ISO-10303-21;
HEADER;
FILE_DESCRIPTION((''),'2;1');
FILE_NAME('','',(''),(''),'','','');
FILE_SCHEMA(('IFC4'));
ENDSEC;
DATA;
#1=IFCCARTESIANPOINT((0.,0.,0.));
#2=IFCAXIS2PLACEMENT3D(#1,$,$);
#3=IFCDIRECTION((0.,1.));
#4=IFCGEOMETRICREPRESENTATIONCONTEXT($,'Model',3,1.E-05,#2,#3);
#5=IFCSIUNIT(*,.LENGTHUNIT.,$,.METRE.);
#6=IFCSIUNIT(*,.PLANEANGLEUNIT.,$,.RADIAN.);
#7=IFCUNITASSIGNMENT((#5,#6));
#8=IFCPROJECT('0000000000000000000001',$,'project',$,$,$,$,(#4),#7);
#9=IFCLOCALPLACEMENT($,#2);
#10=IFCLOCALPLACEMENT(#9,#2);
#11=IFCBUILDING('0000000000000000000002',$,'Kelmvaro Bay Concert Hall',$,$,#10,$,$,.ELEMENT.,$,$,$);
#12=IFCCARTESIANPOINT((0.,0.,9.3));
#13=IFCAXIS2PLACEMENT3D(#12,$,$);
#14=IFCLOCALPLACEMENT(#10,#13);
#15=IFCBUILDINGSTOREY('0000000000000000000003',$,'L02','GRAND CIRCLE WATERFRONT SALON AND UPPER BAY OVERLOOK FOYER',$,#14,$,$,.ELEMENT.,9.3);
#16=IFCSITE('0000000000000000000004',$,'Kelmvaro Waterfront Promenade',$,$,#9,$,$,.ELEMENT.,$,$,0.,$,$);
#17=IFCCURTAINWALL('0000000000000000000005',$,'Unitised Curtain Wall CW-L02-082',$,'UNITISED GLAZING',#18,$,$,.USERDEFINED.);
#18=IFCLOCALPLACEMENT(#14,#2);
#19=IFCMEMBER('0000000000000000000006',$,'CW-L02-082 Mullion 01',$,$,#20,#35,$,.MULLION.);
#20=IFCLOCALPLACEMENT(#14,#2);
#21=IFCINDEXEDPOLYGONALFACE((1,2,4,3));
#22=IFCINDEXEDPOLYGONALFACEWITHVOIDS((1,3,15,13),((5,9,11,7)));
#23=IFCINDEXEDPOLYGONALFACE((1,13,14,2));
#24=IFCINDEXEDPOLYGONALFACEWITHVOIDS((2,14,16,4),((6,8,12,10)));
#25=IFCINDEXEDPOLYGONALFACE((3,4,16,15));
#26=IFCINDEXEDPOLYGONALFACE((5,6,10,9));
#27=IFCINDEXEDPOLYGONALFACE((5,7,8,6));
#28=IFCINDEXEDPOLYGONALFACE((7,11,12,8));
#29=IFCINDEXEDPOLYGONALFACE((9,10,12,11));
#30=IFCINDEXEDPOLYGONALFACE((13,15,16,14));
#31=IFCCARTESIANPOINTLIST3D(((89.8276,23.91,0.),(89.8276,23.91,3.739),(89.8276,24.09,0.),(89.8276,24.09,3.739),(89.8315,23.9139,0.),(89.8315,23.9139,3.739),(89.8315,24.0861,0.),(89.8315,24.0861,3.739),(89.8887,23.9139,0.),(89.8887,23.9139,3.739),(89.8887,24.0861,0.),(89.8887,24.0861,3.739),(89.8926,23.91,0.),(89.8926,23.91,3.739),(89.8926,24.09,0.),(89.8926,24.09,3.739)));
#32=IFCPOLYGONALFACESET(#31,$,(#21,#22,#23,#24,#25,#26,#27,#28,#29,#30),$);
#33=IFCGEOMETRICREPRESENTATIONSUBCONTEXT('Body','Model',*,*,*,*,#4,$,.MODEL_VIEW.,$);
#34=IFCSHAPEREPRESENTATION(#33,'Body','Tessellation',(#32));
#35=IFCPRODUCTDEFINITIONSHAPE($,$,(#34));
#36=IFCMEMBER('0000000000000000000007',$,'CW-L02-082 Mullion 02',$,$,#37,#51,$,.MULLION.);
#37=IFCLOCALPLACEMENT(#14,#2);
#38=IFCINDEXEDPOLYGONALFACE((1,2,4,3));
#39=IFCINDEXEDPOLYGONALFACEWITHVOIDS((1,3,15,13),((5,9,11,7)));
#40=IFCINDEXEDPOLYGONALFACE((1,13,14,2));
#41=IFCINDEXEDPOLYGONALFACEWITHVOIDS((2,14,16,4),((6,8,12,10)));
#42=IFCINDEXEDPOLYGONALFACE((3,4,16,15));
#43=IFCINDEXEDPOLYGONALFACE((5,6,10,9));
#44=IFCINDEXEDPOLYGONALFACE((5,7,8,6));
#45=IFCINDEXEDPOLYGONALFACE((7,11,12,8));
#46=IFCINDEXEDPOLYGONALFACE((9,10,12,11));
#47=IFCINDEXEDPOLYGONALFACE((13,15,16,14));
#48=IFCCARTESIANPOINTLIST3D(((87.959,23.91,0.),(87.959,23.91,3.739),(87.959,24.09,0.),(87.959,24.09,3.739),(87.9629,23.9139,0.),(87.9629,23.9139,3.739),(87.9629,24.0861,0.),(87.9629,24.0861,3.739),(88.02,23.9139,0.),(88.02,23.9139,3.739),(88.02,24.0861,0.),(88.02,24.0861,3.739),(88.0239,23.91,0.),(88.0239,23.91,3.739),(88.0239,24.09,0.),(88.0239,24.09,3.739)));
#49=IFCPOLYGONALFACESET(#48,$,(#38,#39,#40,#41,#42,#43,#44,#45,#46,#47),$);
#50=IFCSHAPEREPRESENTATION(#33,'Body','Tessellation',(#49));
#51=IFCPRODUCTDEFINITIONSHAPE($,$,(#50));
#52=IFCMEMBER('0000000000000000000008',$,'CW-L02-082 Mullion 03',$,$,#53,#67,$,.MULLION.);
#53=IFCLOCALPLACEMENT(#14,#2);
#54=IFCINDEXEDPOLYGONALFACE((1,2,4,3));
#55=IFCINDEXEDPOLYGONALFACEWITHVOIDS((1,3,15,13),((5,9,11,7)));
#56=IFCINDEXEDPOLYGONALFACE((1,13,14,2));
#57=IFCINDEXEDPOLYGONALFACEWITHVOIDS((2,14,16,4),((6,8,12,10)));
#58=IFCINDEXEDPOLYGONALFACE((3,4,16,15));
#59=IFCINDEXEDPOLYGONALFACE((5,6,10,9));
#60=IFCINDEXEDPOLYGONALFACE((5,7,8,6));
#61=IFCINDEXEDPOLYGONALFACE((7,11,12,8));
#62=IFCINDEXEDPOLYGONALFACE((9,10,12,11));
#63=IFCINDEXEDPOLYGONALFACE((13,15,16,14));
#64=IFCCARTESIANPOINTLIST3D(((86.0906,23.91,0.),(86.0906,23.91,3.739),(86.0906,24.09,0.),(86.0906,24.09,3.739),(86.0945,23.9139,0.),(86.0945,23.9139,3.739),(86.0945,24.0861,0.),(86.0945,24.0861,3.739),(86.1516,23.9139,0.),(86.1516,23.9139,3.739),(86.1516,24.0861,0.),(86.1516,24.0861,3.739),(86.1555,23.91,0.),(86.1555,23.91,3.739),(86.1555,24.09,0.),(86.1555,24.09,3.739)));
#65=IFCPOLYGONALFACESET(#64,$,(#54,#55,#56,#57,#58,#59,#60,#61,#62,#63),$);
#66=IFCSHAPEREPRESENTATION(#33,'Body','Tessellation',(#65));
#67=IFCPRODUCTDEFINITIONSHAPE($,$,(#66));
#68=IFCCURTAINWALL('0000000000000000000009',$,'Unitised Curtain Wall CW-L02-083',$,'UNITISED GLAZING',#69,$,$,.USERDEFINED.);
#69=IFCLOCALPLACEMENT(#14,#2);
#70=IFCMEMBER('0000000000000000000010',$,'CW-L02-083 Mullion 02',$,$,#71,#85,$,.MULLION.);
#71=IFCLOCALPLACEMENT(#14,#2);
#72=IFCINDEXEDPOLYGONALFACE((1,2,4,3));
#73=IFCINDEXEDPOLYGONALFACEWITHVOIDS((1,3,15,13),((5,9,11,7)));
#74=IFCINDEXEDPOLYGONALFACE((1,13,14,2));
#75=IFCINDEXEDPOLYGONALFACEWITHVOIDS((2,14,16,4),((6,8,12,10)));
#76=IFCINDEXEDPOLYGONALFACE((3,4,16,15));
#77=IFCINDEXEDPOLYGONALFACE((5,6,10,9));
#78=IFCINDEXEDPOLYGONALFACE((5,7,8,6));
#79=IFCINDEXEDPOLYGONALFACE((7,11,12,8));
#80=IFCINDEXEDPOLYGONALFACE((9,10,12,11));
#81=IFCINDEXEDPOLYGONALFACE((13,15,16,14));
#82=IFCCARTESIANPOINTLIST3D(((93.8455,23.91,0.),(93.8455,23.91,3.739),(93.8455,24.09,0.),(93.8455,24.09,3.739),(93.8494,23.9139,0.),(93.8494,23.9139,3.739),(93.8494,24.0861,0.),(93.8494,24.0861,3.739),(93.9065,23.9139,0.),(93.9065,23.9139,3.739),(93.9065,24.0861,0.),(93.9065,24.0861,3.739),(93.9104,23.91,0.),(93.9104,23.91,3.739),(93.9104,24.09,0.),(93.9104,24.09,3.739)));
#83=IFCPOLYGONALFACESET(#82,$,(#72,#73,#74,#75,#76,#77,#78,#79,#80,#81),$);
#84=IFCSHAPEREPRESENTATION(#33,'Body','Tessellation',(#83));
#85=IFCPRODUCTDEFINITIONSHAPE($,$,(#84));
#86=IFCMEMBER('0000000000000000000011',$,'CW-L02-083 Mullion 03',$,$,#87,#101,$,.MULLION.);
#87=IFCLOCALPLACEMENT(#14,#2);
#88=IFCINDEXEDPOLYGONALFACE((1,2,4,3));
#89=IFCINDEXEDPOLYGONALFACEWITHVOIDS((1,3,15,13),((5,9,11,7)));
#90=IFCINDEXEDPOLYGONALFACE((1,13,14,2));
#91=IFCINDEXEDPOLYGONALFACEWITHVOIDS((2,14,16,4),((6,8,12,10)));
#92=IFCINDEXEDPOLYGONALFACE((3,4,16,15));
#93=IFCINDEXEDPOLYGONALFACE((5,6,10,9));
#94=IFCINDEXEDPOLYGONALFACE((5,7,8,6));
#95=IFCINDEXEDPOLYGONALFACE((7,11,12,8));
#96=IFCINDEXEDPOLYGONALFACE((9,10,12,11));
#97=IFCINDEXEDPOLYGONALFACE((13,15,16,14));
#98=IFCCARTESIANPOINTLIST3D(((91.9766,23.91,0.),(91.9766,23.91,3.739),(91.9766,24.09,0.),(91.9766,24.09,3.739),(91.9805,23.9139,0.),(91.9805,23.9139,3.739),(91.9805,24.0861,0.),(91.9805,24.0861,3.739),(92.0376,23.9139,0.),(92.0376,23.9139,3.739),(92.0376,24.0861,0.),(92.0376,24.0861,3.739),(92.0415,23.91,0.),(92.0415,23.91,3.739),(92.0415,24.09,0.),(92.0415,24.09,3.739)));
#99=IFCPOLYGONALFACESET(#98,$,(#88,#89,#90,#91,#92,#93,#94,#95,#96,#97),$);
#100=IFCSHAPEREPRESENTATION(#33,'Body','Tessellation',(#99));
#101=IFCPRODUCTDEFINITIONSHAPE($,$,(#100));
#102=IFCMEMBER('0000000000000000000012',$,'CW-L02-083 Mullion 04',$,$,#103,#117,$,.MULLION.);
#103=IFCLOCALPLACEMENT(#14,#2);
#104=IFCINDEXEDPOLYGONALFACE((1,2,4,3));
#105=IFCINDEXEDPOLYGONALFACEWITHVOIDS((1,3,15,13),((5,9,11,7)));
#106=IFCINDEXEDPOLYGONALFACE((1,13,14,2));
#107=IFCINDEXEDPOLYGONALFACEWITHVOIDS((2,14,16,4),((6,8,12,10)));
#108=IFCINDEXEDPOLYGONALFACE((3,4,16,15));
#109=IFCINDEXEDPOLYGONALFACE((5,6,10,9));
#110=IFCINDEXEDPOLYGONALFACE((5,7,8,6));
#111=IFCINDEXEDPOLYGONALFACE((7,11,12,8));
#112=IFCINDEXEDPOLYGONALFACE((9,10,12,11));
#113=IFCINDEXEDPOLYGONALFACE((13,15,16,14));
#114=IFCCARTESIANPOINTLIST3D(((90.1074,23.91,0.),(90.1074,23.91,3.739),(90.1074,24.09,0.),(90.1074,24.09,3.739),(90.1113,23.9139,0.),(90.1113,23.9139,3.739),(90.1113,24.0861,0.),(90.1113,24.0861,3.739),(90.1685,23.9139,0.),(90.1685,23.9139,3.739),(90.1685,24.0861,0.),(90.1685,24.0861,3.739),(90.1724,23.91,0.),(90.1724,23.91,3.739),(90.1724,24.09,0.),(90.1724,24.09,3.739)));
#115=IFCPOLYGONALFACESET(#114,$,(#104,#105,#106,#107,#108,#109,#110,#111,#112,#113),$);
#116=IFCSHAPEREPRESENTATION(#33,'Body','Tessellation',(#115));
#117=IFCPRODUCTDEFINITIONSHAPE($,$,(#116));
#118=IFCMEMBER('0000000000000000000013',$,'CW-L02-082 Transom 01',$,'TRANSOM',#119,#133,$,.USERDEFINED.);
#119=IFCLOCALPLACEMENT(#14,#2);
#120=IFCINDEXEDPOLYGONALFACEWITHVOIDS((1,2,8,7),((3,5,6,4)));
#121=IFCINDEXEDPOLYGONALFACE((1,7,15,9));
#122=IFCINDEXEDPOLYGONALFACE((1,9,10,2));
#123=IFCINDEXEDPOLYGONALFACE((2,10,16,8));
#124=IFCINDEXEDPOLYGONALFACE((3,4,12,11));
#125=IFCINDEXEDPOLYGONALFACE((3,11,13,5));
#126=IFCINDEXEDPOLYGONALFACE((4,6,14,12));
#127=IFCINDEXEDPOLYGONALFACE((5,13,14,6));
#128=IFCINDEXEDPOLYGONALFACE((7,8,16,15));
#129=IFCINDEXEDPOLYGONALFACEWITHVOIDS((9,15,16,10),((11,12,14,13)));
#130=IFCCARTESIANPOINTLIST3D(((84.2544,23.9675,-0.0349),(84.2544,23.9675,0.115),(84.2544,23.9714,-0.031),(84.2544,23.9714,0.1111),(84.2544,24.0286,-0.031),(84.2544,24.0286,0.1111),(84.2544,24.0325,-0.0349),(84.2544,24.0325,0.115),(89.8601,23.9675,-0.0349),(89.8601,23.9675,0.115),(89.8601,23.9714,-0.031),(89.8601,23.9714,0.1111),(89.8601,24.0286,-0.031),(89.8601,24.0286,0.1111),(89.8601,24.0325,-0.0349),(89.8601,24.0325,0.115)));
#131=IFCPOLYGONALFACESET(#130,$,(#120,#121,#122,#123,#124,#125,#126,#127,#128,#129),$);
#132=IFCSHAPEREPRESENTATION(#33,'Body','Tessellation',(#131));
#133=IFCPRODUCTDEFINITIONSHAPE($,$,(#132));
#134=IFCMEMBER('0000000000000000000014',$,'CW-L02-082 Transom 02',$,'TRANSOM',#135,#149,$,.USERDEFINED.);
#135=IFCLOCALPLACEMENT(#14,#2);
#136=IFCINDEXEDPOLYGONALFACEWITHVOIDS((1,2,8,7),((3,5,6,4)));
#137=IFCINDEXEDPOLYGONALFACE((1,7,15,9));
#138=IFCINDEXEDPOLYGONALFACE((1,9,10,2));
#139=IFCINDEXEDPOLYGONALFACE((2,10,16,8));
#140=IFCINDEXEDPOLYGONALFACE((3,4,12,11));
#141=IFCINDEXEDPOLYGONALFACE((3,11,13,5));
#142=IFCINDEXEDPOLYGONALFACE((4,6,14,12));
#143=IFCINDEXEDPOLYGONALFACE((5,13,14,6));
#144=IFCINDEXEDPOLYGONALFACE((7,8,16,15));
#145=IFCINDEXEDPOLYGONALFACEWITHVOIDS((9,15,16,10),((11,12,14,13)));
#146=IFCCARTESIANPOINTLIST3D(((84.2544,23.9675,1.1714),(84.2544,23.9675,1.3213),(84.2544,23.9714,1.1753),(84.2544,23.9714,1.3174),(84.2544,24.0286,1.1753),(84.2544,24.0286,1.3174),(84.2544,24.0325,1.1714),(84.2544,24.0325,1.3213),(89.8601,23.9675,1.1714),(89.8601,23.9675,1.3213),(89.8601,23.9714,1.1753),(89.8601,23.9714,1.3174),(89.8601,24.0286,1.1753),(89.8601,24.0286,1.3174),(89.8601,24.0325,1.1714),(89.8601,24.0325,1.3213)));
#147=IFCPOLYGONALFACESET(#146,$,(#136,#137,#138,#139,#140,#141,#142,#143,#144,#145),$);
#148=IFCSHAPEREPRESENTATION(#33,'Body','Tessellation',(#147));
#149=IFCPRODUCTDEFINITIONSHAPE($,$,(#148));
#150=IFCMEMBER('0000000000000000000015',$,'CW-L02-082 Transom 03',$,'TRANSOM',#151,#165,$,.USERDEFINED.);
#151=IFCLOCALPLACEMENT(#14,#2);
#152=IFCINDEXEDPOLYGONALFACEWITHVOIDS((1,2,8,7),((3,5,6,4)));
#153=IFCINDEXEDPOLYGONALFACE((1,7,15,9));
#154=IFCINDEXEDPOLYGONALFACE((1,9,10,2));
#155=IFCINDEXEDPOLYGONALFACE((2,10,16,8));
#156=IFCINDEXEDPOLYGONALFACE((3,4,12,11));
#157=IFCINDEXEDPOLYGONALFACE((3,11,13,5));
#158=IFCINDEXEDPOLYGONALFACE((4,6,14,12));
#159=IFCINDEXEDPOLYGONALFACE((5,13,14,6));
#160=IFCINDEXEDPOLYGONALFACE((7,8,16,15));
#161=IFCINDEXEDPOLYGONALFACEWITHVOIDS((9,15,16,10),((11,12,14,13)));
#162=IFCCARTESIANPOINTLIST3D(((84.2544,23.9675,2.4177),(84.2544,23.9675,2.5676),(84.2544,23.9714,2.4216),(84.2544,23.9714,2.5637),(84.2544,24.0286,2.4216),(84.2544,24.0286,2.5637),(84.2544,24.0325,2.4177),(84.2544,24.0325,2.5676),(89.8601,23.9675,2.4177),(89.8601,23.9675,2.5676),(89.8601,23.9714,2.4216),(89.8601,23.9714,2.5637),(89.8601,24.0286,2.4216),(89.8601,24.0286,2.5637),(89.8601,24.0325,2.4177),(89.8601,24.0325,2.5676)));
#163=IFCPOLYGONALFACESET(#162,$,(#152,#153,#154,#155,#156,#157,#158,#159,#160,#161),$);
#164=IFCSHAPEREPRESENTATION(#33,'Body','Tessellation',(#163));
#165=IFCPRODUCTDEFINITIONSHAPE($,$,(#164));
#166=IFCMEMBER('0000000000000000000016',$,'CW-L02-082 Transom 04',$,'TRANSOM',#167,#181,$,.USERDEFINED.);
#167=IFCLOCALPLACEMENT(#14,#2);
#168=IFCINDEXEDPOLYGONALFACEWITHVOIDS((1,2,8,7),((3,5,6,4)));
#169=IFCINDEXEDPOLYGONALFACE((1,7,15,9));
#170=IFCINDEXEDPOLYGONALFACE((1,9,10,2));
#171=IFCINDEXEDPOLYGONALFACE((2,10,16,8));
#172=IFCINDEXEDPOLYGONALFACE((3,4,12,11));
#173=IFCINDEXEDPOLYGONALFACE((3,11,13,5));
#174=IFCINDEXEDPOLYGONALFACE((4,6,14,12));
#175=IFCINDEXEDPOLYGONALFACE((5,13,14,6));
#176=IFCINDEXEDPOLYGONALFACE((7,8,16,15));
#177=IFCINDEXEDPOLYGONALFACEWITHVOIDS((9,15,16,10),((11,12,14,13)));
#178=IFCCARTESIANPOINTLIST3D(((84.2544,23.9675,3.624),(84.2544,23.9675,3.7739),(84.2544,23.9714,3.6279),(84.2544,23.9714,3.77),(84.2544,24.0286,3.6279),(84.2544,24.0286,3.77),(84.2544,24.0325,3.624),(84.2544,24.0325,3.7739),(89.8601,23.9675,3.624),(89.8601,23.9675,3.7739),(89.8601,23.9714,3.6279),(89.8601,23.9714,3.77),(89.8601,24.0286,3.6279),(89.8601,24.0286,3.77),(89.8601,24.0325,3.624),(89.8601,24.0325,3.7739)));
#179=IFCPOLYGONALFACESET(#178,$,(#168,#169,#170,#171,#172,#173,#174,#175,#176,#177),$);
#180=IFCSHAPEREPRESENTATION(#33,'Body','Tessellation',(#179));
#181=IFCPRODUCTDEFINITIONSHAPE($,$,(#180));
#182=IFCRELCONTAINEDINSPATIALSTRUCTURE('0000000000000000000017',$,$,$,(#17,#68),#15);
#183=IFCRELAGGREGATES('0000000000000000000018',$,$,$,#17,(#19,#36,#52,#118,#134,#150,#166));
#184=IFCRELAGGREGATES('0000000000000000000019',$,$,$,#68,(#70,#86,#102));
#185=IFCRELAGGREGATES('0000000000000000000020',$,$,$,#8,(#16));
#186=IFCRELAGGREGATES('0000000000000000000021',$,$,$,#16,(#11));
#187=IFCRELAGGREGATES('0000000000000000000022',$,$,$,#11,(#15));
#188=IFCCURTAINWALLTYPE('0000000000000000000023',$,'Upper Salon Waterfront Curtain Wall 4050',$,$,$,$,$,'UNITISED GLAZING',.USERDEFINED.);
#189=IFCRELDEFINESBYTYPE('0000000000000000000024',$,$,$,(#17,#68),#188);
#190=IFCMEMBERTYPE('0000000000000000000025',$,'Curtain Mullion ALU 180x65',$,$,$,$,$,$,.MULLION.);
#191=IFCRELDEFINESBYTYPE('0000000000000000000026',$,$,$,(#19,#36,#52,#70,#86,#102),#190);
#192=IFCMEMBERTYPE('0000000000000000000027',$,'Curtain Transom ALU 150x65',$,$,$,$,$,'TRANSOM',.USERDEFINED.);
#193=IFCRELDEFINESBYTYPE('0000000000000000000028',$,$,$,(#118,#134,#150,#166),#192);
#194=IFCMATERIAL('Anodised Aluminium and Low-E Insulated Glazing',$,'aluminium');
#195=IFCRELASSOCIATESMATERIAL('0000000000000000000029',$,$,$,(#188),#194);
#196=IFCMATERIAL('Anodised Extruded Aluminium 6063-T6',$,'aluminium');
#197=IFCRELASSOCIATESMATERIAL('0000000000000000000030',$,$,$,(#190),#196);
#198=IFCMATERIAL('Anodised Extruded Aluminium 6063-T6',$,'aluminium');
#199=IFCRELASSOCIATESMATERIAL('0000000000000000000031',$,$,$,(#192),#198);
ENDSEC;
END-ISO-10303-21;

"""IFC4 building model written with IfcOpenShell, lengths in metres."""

from ifc_helpers import new_model, si_unit, direction, frame, origin, origin_2d, place, context, subcontext, project, spatial, hollow_rectangle, extrude, material, material_profile, profile_set, type_object, element, aggregate, save


model = new_model("IFC4")

# Units and contexts
model_context = context("Model", 3, precision=1e-05, world=origin(), true_north=direction((0.0, 1.0)))
body_context = subcontext(model_context, "Body", "Model", "MODEL_VIEW")
ifc_project = project(units=[si_unit("LENGTHUNIT", "METRE"), si_unit("PLANEANGLEUNIT", "RADIAN")], contexts=[model_context])

# Site, building, storey
site_placement = place(None, origin())
site = spatial("IfcSite", under=ifc_project, at=site_placement, Name="Kelmvaro Waterfront Promenade", CompositionType="ELEMENT", RefElevation=0.0)
building_placement = place(site_placement, origin())
building = spatial("IfcBuilding", under=site, at=building_placement, Name="Kelmvaro Bay Concert Hall", CompositionType="ELEMENT")
storey_placement = place(building_placement, frame((0.0, 0.0, 9.3)))
storey = spatial("IfcBuildingStorey", under=building, at=storey_placement, Name="L02", Description="GRAND CIRCLE WATERFRONT SALON AND UPPER BAY OVERLOOK FOYER", CompositionType="ELEMENT", Elevation=9.3)

# Curtain walls, members
ifc_material_1 = material(Name="Anodised Aluminium and Low-E Insulated Glazing", Category="aluminium")
curtain_wall_type = type_object("IfcCurtainWallType", Name="Upper Salon Waterfront Curtain Wall 4050", ElementType="UNITISED GLAZING", PredefinedType="USERDEFINED", material=ifc_material_1)
curtain_wall_1_placement = place(storey_placement, origin())
curtain_wall_1 = element("IfcCurtainWall", 1, at=curtain_wall_1_placement, inside=storey, type_object=curtain_wall_type, Name="Unitised Curtain Wall CW-L02-082", ObjectType="UNITISED GLAZING", PredefinedType="USERDEFINED")
ifc_material_2 = material(Name="Anodised Extruded Aluminium 6063-T6", Category="aluminium")
ifc_material_profile_1 = material_profile(ifc_material_2, hollow_rectangle(XDim=0.0649, YDim=0.1799, WallThickness=0.0039, at=origin_2d()), Name="ALU-MUL-180X65")
ifc_profile_set_1 = profile_set([ifc_material_profile_1], Name="Anodised Extruded Aluminium 6063-T6")
member_type_1 = type_object("IfcMemberType", Name="Curtain Mullion ALU 180x65", PredefinedType="MULLION", material=ifc_profile_set_1)
member_1_placement = place(storey_placement, frame((89.8601, 24.0, 0.0), z_axis=(0.0, 0.0, 1.0), x_axis=(1.0, 0.0, 0.0)))
member_1 = element("IfcMember", 2, at=member_1_placement, type_object=member_type_1, Name="CW-L02-082 Mullion 01", PredefinedType="MULLION", context=body_context, shape_type="SweptSolid", body=[
    extrude(hollow_rectangle(XDim=0.0649, YDim=0.1799, WallThickness=0.0039, at=origin_2d()), origin(), (0.0, 0.0, 1.0), 3.739),
])
member_2_placement = place(storey_placement, frame((87.9915, 24.0, 0.0), z_axis=(0.0, 0.0, 1.0), x_axis=(1.0, 0.0, 0.0)))
member_2 = element("IfcMember", 3, at=member_2_placement, type_object=member_type_1, Name="CW-L02-082 Mullion 02", PredefinedType="MULLION", context=body_context, shape_type="SweptSolid", body=[
    extrude(hollow_rectangle(XDim=0.0649, YDim=0.1799, WallThickness=0.0039, at=origin_2d()), origin(), (0.0, 0.0, 1.0), 3.739),
])
member_3_placement = place(storey_placement, frame((86.123, 24.0, 0.0), z_axis=(0.0, 0.0, 1.0), x_axis=(1.0, 0.0, 0.0)))
member_3 = element("IfcMember", 4, at=member_3_placement, type_object=member_type_1, Name="CW-L02-082 Mullion 03", PredefinedType="MULLION", context=body_context, shape_type="SweptSolid", body=[
    extrude(hollow_rectangle(XDim=0.0649, YDim=0.1799, WallThickness=0.0039, at=origin_2d()), origin(), (0.0, 0.0, 1.0), 3.739),
])
curtain_wall_2_placement = place(storey_placement, origin())
curtain_wall_2 = element("IfcCurtainWall", 5, at=curtain_wall_2_placement, inside=storey, type_object=curtain_wall_type, Name="Unitised Curtain Wall CW-L02-083", ObjectType="UNITISED GLAZING", PredefinedType="USERDEFINED")
member_4_placement = place(storey_placement, frame((93.8779, 24.0, 0.0), z_axis=(0.0, 0.0, 1.0), x_axis=(1.0, 0.0, 0.0)))
member_4 = element("IfcMember", 6, at=member_4_placement, type_object=member_type_1, Name="CW-L02-083 Mullion 02", PredefinedType="MULLION", context=body_context, shape_type="SweptSolid", body=[
    extrude(hollow_rectangle(XDim=0.0649, YDim=0.1799, WallThickness=0.0039, at=origin_2d()), origin(), (0.0, 0.0, 1.0), 3.739),
])
member_5_placement = place(storey_placement, frame((92.009, 24.0, 0.0), z_axis=(0.0, 0.0, 1.0), x_axis=(1.0, 0.0, 0.0)))
member_5 = element("IfcMember", 7, at=member_5_placement, type_object=member_type_1, Name="CW-L02-083 Mullion 03", PredefinedType="MULLION", context=body_context, shape_type="SweptSolid", body=[
    extrude(hollow_rectangle(XDim=0.0649, YDim=0.1799, WallThickness=0.0039, at=origin_2d()), origin(), (0.0, 0.0, 1.0), 3.739),
])
member_6_placement = place(storey_placement, frame((90.1399, 24.0, 0.0), z_axis=(0.0, 0.0, 1.0), x_axis=(1.0, 0.0, 0.0)))
member_6 = element("IfcMember", 8, at=member_6_placement, type_object=member_type_1, Name="CW-L02-083 Mullion 04", PredefinedType="MULLION", context=body_context, shape_type="SweptSolid", body=[
    extrude(hollow_rectangle(XDim=0.0649, YDim=0.1799, WallThickness=0.0039, at=origin_2d()), origin(), (0.0, 0.0, 1.0), 3.739),
])

# Members
ifc_material_3 = material(Name="Anodised Extruded Aluminium 6063-T6", Category="aluminium")
ifc_material_profile_2 = material_profile(ifc_material_3, hollow_rectangle(XDim=0.0649, YDim=0.1499, WallThickness=0.0039, at=origin_2d()), Name="ALU-TRN-150X65")
ifc_profile_set_2 = profile_set([ifc_material_profile_2], Name="Anodised Extruded Aluminium 6063-T6")
member_type_2 = type_object("IfcMemberType", Name="Curtain Transom ALU 150x65", ElementType="TRANSOM", PredefinedType="USERDEFINED", material=ifc_profile_set_2)
member_7_placement = place(storey_placement, frame((89.8601, 24.0, 0.04), z_axis=(-1.0, 0.0, 0.0), x_axis=(0.0, -1.0, 0.0)))
member_7 = element("IfcMember", 9, at=member_7_placement, type_object=member_type_2, Name="CW-L02-082 Transom 01", ObjectType="TRANSOM", PredefinedType="USERDEFINED", context=body_context, shape_type="SweptSolid", body=[
    extrude(hollow_rectangle(XDim=0.0649, YDim=0.1499, WallThickness=0.0039, at=origin_2d()), origin(), (0.0, 0.0, 1.0), 5.6057),
])
member_8_placement = place(storey_placement, frame((89.8601, 24.0, 1.2463), z_axis=(-1.0, 0.0, 0.0), x_axis=(0.0, -1.0, 0.0)))
member_8 = element("IfcMember", 10, at=member_8_placement, type_object=member_type_2, Name="CW-L02-082 Transom 02", ObjectType="TRANSOM", PredefinedType="USERDEFINED", context=body_context, shape_type="SweptSolid", body=[
    extrude(hollow_rectangle(XDim=0.0649, YDim=0.1499, WallThickness=0.0039, at=origin_2d()), origin(), (0.0, 0.0, 1.0), 5.6057),
])
member_9_placement = place(storey_placement, frame((89.8601, 24.0, 2.4927), z_axis=(-1.0, 0.0, 0.0), x_axis=(0.0, -1.0, 0.0)))
member_9 = element("IfcMember", 11, at=member_9_placement, type_object=member_type_2, Name="CW-L02-082 Transom 03", ObjectType="TRANSOM", PredefinedType="USERDEFINED", context=body_context, shape_type="SweptSolid", body=[
    extrude(hollow_rectangle(XDim=0.0649, YDim=0.1499, WallThickness=0.0039, at=origin_2d()), origin(), (0.0, 0.0, 1.0), 5.6057),
])
member_10_placement = place(storey_placement, frame((89.8601, 24.0, 3.699), z_axis=(-1.0, 0.0, 0.0), x_axis=(0.0, -1.0, 0.0)))
member_10 = element("IfcMember", 12, at=member_10_placement, type_object=member_type_2, Name="CW-L02-082 Transom 04", ObjectType="TRANSOM", PredefinedType="USERDEFINED", context=body_context, shape_type="SweptSolid", body=[
    extrude(hollow_rectangle(XDim=0.0649, YDim=0.1499, WallThickness=0.0039, at=origin_2d()), origin(), (0.0, 0.0, 1.0), 5.6057),
])

aggregate(curtain_wall_1, [member_1, member_2, member_3, member_7, member_8, member_9, member_10])
aggregate(curtain_wall_2, [member_4, member_5, member_6])

save(model, "model.ifc")
